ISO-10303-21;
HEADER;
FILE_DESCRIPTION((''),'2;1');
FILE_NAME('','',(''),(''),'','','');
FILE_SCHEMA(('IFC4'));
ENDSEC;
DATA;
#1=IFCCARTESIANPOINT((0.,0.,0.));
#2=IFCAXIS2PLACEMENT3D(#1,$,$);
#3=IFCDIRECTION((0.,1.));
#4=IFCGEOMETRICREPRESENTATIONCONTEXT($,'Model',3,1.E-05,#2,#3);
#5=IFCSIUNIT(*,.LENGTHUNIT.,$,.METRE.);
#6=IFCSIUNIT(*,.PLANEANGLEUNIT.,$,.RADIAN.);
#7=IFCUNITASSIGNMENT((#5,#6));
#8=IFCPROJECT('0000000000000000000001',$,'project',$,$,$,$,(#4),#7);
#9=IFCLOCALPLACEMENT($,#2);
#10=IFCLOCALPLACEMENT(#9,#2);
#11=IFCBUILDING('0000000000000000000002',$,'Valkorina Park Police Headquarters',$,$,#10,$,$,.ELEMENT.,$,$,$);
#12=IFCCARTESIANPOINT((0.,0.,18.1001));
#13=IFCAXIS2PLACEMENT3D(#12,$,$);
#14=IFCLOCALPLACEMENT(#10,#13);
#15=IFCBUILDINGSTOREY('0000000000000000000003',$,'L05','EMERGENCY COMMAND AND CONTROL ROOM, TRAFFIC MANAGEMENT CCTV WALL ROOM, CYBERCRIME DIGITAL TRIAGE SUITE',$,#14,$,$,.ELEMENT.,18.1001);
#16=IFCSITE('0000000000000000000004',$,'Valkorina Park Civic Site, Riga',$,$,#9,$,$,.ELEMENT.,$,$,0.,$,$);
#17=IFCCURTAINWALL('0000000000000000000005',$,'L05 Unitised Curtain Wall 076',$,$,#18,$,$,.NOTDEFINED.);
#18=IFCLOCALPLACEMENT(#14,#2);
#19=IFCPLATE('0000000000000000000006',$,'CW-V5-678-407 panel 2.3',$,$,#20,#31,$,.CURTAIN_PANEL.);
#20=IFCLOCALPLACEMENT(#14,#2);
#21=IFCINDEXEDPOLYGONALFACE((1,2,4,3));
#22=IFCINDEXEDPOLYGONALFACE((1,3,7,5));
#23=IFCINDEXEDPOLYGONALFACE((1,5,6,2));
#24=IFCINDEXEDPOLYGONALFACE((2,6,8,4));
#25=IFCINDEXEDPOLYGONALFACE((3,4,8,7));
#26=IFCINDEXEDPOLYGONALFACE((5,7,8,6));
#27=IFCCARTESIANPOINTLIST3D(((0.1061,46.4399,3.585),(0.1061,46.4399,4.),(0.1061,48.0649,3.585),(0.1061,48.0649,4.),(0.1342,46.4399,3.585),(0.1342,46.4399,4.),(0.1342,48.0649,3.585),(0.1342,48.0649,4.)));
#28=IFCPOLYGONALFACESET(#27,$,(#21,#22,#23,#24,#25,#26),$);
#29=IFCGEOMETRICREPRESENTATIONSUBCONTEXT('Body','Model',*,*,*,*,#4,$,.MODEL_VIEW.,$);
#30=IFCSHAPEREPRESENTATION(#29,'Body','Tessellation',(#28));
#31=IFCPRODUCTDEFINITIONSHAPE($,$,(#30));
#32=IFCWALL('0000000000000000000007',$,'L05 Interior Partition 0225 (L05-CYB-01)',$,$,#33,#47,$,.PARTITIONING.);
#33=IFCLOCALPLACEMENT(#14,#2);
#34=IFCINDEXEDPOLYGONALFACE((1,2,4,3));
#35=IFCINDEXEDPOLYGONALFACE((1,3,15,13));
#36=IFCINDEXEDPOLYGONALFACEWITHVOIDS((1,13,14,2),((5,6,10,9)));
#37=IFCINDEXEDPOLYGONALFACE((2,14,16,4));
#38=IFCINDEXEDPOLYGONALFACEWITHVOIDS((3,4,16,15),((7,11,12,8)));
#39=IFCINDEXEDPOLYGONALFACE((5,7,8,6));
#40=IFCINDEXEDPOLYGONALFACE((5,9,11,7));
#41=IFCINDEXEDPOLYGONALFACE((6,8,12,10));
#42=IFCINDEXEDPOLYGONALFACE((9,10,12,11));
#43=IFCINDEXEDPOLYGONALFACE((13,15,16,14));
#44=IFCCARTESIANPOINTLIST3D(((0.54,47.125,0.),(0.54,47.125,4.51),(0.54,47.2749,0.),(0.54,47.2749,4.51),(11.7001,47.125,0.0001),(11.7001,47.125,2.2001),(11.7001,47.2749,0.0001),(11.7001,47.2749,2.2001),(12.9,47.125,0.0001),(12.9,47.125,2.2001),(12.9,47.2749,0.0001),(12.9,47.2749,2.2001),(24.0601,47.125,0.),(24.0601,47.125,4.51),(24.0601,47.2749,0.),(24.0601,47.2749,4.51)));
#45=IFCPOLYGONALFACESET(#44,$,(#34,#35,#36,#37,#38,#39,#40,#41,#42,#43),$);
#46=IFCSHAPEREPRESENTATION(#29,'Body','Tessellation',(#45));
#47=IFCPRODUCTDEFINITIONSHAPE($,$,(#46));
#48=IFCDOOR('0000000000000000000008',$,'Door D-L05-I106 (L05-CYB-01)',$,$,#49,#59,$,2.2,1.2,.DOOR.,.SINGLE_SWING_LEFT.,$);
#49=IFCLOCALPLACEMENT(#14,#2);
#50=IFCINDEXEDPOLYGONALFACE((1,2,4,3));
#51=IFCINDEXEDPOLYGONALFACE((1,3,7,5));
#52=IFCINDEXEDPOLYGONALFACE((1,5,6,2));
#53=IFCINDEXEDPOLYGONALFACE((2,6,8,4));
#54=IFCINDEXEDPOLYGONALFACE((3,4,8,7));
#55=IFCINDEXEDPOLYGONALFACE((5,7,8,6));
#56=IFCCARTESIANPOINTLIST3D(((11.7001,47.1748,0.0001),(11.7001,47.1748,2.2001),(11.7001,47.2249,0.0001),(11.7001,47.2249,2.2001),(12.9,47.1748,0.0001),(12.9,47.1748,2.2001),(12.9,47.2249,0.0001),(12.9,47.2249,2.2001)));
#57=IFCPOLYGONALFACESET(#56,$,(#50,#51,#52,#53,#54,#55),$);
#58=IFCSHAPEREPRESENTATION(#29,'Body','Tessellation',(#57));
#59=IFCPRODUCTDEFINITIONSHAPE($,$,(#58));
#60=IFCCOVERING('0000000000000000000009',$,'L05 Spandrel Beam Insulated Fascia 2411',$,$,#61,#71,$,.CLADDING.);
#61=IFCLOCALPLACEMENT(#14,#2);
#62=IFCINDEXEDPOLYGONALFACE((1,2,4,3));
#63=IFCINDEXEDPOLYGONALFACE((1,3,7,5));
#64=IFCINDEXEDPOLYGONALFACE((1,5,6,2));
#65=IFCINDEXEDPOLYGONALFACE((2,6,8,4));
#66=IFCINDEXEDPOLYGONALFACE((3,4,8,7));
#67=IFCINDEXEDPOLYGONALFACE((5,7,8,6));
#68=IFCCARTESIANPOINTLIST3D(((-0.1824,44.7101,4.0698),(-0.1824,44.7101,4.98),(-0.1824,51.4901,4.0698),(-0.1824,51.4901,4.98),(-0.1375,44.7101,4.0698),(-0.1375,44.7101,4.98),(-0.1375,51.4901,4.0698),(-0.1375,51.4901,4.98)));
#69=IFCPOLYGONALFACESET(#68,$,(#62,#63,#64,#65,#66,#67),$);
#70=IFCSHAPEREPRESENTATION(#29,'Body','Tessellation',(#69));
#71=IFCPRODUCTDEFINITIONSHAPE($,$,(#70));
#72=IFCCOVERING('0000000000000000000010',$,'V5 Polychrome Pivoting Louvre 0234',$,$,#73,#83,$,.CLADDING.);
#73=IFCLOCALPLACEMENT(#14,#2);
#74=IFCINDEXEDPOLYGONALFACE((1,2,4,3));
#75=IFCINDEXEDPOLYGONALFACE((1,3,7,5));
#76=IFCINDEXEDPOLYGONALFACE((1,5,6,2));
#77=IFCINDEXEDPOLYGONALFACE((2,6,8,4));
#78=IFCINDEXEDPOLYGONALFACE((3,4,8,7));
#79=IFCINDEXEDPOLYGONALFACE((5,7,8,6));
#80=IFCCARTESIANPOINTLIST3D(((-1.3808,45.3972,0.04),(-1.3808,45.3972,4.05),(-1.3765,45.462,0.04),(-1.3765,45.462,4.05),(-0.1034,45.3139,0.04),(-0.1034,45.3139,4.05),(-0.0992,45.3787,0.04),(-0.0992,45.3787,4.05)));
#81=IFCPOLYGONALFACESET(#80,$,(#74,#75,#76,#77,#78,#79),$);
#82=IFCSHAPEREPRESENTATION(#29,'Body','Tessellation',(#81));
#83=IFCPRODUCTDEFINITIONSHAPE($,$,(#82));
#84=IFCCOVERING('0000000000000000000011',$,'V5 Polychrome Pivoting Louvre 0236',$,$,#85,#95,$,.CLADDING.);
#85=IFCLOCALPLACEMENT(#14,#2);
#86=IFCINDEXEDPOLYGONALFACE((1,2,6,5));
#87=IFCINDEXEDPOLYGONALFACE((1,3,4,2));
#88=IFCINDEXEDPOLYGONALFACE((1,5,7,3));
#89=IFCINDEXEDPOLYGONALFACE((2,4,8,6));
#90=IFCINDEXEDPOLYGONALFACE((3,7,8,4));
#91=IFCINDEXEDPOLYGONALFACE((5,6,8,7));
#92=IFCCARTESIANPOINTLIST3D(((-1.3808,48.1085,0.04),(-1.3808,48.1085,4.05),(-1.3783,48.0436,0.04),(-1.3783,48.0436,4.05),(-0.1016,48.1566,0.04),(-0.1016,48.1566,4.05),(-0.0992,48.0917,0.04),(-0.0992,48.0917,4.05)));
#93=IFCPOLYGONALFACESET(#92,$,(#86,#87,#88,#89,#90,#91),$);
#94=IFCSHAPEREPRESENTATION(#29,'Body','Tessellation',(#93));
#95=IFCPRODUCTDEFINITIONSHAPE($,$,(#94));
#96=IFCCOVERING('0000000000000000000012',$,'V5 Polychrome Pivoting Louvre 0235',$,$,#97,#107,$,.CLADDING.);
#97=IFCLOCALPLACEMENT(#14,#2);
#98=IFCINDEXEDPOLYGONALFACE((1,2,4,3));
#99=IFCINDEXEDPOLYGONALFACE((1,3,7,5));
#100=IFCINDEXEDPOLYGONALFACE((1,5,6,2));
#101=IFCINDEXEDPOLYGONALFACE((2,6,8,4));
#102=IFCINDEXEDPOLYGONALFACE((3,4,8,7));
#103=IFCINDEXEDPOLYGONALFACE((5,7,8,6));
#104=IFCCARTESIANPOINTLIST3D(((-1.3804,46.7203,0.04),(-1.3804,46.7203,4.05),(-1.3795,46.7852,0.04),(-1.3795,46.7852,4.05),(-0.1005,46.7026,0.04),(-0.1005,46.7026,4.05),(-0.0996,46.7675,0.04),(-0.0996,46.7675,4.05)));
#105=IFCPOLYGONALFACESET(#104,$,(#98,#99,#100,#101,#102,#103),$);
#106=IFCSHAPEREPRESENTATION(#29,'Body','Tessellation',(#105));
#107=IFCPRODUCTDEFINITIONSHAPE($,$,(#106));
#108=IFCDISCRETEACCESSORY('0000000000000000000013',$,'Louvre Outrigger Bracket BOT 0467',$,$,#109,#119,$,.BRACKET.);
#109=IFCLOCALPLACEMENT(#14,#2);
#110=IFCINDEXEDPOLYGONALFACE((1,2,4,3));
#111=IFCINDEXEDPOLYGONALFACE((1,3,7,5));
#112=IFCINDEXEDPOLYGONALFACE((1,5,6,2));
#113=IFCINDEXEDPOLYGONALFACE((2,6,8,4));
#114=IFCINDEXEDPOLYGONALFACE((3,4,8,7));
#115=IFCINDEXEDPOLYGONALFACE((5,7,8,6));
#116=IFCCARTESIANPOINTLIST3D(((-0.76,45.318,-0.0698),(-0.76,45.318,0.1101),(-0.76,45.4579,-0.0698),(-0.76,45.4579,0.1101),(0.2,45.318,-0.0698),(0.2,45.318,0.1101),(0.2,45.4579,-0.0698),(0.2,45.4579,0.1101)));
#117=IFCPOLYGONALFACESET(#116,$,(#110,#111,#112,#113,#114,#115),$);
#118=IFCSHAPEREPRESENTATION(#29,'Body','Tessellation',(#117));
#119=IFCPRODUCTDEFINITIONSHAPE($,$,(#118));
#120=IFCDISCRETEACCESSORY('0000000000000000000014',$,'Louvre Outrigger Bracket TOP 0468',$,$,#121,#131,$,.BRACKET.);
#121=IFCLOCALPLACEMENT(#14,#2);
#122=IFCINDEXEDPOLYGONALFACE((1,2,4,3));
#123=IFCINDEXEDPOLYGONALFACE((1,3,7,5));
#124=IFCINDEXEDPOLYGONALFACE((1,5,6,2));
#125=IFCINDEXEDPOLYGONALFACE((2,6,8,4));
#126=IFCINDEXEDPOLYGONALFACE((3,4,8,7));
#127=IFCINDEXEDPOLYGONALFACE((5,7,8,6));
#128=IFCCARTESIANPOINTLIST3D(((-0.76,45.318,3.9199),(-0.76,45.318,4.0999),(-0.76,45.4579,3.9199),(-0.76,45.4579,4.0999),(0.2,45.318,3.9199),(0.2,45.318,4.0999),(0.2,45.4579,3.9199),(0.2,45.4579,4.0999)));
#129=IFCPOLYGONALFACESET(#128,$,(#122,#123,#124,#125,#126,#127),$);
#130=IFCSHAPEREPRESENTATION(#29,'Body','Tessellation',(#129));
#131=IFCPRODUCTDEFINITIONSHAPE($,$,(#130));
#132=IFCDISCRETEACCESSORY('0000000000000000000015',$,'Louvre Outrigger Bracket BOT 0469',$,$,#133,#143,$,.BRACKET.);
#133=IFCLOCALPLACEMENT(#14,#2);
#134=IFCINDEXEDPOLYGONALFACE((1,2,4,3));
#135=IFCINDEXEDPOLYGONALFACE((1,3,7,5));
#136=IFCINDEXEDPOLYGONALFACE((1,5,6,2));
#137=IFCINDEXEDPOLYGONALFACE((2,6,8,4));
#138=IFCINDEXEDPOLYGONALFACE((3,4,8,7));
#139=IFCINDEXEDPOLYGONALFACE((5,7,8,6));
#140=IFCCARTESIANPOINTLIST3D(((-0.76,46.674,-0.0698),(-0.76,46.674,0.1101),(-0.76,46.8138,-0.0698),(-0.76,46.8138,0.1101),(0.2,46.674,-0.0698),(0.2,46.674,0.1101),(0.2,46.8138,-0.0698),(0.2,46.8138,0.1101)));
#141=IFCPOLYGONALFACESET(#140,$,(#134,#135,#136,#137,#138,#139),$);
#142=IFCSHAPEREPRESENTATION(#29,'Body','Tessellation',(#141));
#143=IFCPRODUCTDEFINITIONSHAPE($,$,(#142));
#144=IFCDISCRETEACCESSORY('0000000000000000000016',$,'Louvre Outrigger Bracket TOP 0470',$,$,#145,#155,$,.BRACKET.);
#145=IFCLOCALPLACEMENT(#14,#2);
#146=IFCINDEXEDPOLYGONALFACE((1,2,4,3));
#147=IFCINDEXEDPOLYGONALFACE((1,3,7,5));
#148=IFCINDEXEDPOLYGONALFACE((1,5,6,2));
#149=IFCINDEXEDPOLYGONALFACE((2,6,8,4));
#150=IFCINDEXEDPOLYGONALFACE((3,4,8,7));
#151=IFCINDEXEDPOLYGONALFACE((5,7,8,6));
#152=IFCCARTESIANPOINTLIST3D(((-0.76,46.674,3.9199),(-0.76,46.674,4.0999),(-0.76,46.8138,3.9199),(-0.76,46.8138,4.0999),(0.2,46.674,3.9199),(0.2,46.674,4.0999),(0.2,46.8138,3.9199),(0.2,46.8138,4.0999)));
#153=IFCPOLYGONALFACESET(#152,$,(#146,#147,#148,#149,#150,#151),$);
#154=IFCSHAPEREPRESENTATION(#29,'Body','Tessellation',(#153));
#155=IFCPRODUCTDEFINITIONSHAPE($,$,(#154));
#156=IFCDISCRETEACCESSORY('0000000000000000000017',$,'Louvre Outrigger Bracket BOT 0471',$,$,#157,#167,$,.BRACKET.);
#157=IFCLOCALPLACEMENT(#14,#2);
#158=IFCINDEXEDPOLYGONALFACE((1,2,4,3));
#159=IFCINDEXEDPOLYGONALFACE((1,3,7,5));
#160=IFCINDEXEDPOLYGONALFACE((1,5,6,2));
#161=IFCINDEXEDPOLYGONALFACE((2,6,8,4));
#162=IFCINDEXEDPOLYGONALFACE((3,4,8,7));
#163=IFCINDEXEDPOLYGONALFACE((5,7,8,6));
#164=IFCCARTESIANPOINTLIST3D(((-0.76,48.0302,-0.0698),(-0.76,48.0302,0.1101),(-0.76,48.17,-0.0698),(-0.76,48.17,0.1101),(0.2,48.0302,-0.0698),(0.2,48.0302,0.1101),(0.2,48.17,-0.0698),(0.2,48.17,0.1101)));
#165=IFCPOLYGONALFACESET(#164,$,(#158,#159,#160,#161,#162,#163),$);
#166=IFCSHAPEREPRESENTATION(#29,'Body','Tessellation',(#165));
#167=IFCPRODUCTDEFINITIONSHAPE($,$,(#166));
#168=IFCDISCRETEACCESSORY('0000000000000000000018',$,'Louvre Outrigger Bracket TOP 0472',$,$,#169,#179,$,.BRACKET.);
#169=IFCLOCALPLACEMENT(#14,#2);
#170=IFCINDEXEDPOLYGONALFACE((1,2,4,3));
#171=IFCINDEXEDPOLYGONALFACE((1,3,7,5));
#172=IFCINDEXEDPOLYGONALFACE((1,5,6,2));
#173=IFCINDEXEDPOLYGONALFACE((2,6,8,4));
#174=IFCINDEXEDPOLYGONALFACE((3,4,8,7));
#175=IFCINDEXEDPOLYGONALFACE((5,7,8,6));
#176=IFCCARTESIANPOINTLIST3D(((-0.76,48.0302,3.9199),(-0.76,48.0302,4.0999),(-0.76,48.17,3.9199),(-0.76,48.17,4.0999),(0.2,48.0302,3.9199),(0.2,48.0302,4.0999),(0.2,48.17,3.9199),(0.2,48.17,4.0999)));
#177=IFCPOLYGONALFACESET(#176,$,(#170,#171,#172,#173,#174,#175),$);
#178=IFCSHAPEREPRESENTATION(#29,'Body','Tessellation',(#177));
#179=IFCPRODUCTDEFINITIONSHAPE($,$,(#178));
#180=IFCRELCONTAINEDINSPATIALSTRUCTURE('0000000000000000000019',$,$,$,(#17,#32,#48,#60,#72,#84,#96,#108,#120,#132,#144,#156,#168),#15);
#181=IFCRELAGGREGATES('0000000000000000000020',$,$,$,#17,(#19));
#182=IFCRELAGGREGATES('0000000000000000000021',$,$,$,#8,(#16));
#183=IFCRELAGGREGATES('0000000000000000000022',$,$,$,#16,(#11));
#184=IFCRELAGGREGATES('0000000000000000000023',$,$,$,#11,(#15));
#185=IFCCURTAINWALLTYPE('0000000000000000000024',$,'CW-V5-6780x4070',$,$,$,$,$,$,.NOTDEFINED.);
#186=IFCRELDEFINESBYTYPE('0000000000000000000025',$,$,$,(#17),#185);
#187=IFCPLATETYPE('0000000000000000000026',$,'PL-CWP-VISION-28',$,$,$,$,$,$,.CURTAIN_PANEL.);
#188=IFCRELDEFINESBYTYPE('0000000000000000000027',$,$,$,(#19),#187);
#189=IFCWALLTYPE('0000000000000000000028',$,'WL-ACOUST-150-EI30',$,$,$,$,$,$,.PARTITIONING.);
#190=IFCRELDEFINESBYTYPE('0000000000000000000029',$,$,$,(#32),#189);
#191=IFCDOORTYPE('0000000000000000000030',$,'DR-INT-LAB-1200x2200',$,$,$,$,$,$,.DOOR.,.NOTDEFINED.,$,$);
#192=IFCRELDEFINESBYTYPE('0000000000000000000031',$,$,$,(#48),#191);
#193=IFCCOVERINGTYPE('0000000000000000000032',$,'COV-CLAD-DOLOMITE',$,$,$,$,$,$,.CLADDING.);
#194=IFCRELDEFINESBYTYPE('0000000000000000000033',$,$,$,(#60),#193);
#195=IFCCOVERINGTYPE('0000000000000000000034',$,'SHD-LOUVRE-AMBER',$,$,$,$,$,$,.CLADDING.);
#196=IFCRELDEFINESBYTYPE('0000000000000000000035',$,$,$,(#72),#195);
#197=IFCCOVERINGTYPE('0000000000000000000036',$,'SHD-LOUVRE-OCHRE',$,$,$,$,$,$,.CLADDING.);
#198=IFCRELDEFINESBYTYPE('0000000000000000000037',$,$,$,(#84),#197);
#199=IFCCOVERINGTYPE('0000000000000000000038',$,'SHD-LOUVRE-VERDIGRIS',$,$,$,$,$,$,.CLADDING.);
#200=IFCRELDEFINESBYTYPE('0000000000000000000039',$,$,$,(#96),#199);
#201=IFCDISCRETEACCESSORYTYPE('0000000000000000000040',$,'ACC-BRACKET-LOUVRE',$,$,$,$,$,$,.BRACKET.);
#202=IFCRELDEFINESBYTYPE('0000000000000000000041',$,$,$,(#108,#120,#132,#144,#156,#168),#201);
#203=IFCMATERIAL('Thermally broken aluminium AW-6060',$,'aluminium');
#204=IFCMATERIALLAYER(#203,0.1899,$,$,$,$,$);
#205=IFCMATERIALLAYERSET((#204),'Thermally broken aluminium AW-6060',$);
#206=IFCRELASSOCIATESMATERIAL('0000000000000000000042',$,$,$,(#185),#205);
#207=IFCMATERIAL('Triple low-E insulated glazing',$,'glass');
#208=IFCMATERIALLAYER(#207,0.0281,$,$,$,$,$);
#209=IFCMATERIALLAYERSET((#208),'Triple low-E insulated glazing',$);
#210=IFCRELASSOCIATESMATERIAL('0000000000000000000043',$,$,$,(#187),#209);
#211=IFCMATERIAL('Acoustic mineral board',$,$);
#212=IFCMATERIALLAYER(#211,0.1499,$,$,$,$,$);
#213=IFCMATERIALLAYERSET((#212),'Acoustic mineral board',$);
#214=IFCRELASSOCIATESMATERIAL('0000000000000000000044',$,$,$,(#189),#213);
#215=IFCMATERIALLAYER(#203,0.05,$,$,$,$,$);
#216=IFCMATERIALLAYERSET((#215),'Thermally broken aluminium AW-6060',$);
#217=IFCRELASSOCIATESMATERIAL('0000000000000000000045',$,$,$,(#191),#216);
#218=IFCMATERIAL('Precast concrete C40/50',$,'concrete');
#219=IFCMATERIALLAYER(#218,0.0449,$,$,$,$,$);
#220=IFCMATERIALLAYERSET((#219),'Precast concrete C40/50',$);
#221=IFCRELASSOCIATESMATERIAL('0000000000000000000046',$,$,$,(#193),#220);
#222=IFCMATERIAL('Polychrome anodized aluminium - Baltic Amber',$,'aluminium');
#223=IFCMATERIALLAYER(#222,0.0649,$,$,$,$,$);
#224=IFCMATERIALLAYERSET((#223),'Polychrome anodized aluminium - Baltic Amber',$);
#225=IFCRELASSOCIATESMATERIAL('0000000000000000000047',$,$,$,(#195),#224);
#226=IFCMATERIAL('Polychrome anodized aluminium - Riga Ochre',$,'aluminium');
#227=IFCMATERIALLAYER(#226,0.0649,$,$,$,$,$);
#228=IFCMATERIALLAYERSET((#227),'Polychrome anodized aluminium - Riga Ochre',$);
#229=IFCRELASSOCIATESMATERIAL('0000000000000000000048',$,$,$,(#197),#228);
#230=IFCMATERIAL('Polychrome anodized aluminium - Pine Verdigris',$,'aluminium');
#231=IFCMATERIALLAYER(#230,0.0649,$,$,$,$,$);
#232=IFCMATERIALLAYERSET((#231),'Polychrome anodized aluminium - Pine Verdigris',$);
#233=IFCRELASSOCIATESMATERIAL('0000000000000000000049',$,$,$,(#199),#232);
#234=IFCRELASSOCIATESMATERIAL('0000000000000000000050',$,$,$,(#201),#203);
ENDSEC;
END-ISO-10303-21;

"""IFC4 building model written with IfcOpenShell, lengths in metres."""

from ifc_helpers import new_model, si_unit, direction, frame, frame_2d, origin, origin_2d, place, context, subcontext, project, spatial, rectangle, extrude, material, layer, layer_set, type_object, element, fill, aggregate, save


model = new_model("IFC4")

# Units and contexts
model_context = context("Model", 3, precision=1e-05, world=origin(), true_north=direction((0.0, 1.0)))
body_context = subcontext(model_context, "Body", "Model", "MODEL_VIEW")
ifc_project = project(units=[si_unit("LENGTHUNIT", "METRE"), si_unit("PLANEANGLEUNIT", "RADIAN")], contexts=[model_context])

# Site, building, storey
site_placement = place(None, origin())
site = spatial("IfcSite", under=ifc_project, at=site_placement, Name="Valkorina Park Civic Site, Riga", CompositionType="ELEMENT", RefElevation=0.0)
building_placement = place(site_placement, origin())
building = spatial("IfcBuilding", under=site, at=building_placement, Name="Valkorina Park Police Headquarters", CompositionType="ELEMENT")
storey_placement = place(building_placement, frame((0.0, 0.0, 18.1001)))
storey = spatial("IfcBuildingStorey", under=building, at=storey_placement, Name="L05", Description="EMERGENCY COMMAND AND CONTROL ROOM, TRAFFIC MANAGEMENT CCTV WALL ROOM, CYBERCRIME DIGITAL TRIAGE SUITE", CompositionType="ELEMENT", Elevation=18.1001)

# Curtain wall, plate
ifc_material_1 = material(Name="Thermally broken aluminium AW-6060", Category="aluminium")
ifc_layer_1 = layer(ifc_material_1, 0.1899)
ifc_layer_set_1 = layer_set([ifc_layer_1], Name="Thermally broken aluminium AW-6060")
curtain_wall_type = type_object("IfcCurtainWallType", Name="CW-V5-6780x4070", PredefinedType="NOTDEFINED", material=ifc_layer_set_1)
curtain_wall_placement = place(storey_placement, origin())
curtain_wall = element("IfcCurtainWall", 1, at=curtain_wall_placement, inside=storey, type_object=curtain_wall_type, Name="L05 Unitised Curtain Wall 076", PredefinedType="NOTDEFINED")
ifc_material_2 = material(Name="Triple low-E insulated glazing", Category="glass")
ifc_layer_2 = layer(ifc_material_2, 0.0281)
ifc_layer_set_2 = layer_set([ifc_layer_2], Name="Triple low-E insulated glazing")
plate_type_1 = type_object("IfcPlateType", Name="PL-CWP-VISION-28", PredefinedType="CURTAIN_PANEL", material=ifc_layer_set_2)
plate_1_placement = place(storey_placement, frame((0.1201, 47.2524, 3.585), z_axis=(0.0, 0.0, 1.0), x_axis=(0.0, 1.0, 0.0)))
plate_1 = element("IfcPlate", 2, at=plate_1_placement, type_object=plate_type_1, Name="CW-V5-678-407 panel 2.3", PredefinedType="CURTAIN_PANEL", context=body_context, shape_type="SweptSolid", body=[
    extrude(rectangle(XDim=1.625, YDim=0.0281, at=origin_2d()), origin(), (0.0, 0.0, 1.0), 0.415),
])
aggregate(curtain_wall, [plate_1])

# Wall, opening, door
ifc_material_3 = material(Name="Acoustic mineral board")
ifc_layer_3 = layer(ifc_material_3, 0.1499)
ifc_layer_set_3 = layer_set([ifc_layer_3], Name="Acoustic mineral board")
wall_type = type_object("IfcWallType", Name="WL-ACOUST-150-EI30", PredefinedType="PARTITIONING", material=ifc_layer_set_3)
wall_placement = place(storey_placement, frame((0.54, 47.2, 0.0), z_axis=(0.0, 0.0, 1.0), x_axis=(1.0, 0.0, 0.0)))
wall = element("IfcWall", 3, at=wall_placement, inside=storey, type_object=wall_type, Name="L05 Interior Partition 0225 (L05-CYB-01)", PredefinedType="PARTITIONING", context=body_context, shape_type="SweptSolid", body=[
    extrude(rectangle(XDim=23.52, YDim=0.1499, at=frame_2d((11.76, 0.0))), origin(), (0.0, 0.0, 1.0), 4.51),
])
opening_placement = place(wall_placement, frame((11.1599, 0.0, 0.0)))
opening = element("IfcOpeningElement", 4, at=opening_placement, cuts=wall, PredefinedType="OPENING", context=body_context, shape_type="SweptSolid", body=[
    extrude(rectangle(XDim=1.2, YDim=2.2, at=frame_2d((0.6001, 1.1001))), frame((0.0, 0.085, 0.0), z_axis=(0.0, -1.0, 0.0), x_axis=(1.0, 0.0, 0.0)), (0.0, 0.0, 1.0), 0.1699),
])
ifc_layer_4 = layer(ifc_material_1, 0.05)
ifc_layer_set_4 = layer_set([ifc_layer_4], Name="Thermally broken aluminium AW-6060")
door_type = type_object("IfcDoorType", Name="DR-INT-LAB-1200x2200", OperationType="NOTDEFINED", PredefinedType="DOOR", material=ifc_layer_set_4)
door_placement = place(opening_placement, origin())
door = element("IfcDoor", 5, at=door_placement, inside=storey, type_object=door_type, Name="Door D-L05-I106 (L05-CYB-01)", OperationType="SINGLE_SWING_LEFT", OverallHeight=2.2, OverallWidth=1.2, PredefinedType="DOOR", context=body_context, shape_type="SweptSolid", body=[
    extrude(rectangle(XDim=1.2, YDim=2.2, at=frame_2d((0.6001, 1.1001))), frame((0.0, 0.0249, 0.0), z_axis=(0.0, -1.0, 0.0), x_axis=(1.0, 0.0, 0.0)), (0.0, 0.0, 1.0), 0.05),
])
fill(opening, door)

# Coverings
ifc_material_4 = material(Name="Precast concrete C40/50", Category="concrete")
ifc_layer_5 = layer(ifc_material_4, 0.0449)
ifc_layer_set_5 = layer_set([ifc_layer_5], Name="Precast concrete C40/50")
covering_type_1 = type_object("IfcCoveringType", Name="COV-CLAD-DOLOMITE", PredefinedType="CLADDING", material=ifc_layer_set_5)
covering_1_placement = place(storey_placement, frame((-0.1599, 44.71, 4.0698), z_axis=(0.0, 0.0, 1.0), x_axis=(0.0, 1.0, 0.0)))
element("IfcCovering", 6, at=covering_1_placement, inside=storey, type_object=covering_type_1, Name="L05 Spandrel Beam Insulated Fascia 2411", PredefinedType="CLADDING", context=body_context, shape_type="SweptSolid", body=[
    extrude(rectangle(XDim=6.78, YDim=0.0449, at=frame_2d((3.3901, 0.0))), origin(), (0.0, 0.0, 1.0), 0.9102),
])
ifc_material_5 = material(Name="Polychrome anodized aluminium - Baltic Amber", Category="aluminium")
ifc_layer_6 = layer(ifc_material_5, 0.0649)
ifc_layer_set_6 = layer_set([ifc_layer_6], Name="Polychrome anodized aluminium - Baltic Amber")
covering_type_2 = type_object("IfcCoveringType", Name="SHD-LOUVRE-AMBER", PredefinedType="CLADDING", material=ifc_layer_set_6)
covering_2_placement = place(storey_placement, frame((-0.74, 45.3879, 0.04), z_axis=(0.0, 0.0, 1.0), x_axis=(-0.997882, 0.065055, 0.0)))
element("IfcCovering", 7, at=covering_2_placement, inside=storey, type_object=covering_type_2, Name="V5 Polychrome Pivoting Louvre 0234", PredefinedType="CLADDING", context=body_context, shape_type="SweptSolid", body=[
    extrude(rectangle(XDim=1.28, YDim=0.0649, at=origin_2d()), origin(), (0.0, 0.0, 1.0), 4.01),
])
ifc_material_6 = material(Name="Polychrome anodized aluminium - Riga Ochre", Category="aluminium")
ifc_layer_7 = layer(ifc_material_6, 0.0649)
ifc_layer_set_7 = layer_set([ifc_layer_7], Name="Polychrome anodized aluminium - Riga Ochre")
covering_type_3 = type_object("IfcCoveringType", Name="SHD-LOUVRE-OCHRE", PredefinedType="CLADDING", material=ifc_layer_set_7)
covering_3_placement = place(storey_placement, frame((-0.74, 48.1001, 0.04), z_axis=(0.0, 0.0, 1.0), x_axis=(-0.999296, -0.037516, 0.0)))
element("IfcCovering", 8, at=covering_3_placement, inside=storey, type_object=covering_type_3, Name="V5 Polychrome Pivoting Louvre 0236", PredefinedType="CLADDING", context=body_context, shape_type="SweptSolid", body=[
    extrude(rectangle(XDim=1.28, YDim=0.0649, at=origin_2d()), origin(), (0.0, 0.0, 1.0), 4.01),
])
ifc_material_7 = material(Name="Polychrome anodized aluminium - Pine Verdigris", Category="aluminium")
ifc_layer_8 = layer(ifc_material_7, 0.0649)
ifc_layer_set_8 = layer_set([ifc_layer_8], Name="Polychrome anodized aluminium - Pine Verdigris")
covering_type_4 = type_object("IfcCoveringType", Name="SHD-LOUVRE-VERDIGRIS", PredefinedType="CLADDING", material=ifc_layer_set_8)
covering_4_placement = place(storey_placement, frame((-0.74, 46.7439, 0.04), z_axis=(0.0, 0.0, 1.0), x_axis=(-0.999905, 0.013788, 0.0)))
element("IfcCovering", 9, at=covering_4_placement, inside=storey, type_object=covering_type_4, Name="V5 Polychrome Pivoting Louvre 0235", PredefinedType="CLADDING", context=body_context, shape_type="SweptSolid", body=[
    extrude(rectangle(XDim=1.28, YDim=0.0649, at=origin_2d()), origin(), (0.0, 0.0, 1.0), 4.01),
])

# Discrete accessories
discrete_accessory_type = type_object("IfcDiscreteAccessoryType", Name="ACC-BRACKET-LOUVRE", PredefinedType="BRACKET", material=ifc_material_1)
for number, where, z_axis, x_axis, name in (
    (10, (-0.28, 45.3879, -0.0698), (0.0, 0.0, 1.0), (-1.0, 0.0, 0.0), "Louvre Outrigger Bracket BOT 0467"),
    (11, (-0.28, 45.3879, 3.9199), (0.0, 0.0, 1.0), (-1.0, 0.0, 0.0), "Louvre Outrigger Bracket TOP 0468"),
    (12, (-0.28, 46.7439, -0.0698), (0.0, 0.0, 1.0), (-1.0, 0.0, 0.0), "Louvre Outrigger Bracket BOT 0469"),
    (13, (-0.28, 46.7439, 3.9199), (0.0, 0.0, 1.0), (-1.0, 0.0, 0.0), "Louvre Outrigger Bracket TOP 0470"),
    (14, (-0.28, 48.1001, -0.0698), (0.0, 0.0, 1.0), (-1.0, 0.0, 0.0), "Louvre Outrigger Bracket BOT 0471"),
    (15, (-0.28, 48.1001, 3.9199), (0.0, 0.0, 1.0), (-1.0, 0.0, 0.0), "Louvre Outrigger Bracket TOP 0472"),
):
    element("IfcDiscreteAccessory", number, at=place(storey_placement, frame(where, z_axis=z_axis, x_axis=x_axis)), inside=storey, type_object=discrete_accessory_type, Name=name, PredefinedType="BRACKET", context=body_context, shape_type="SweptSolid", body=[
        extrude(rectangle(XDim=0.96, YDim=0.1399, at=origin_2d()), origin(), (0.0, 0.0, 1.0), 0.1799),
    ])

save(model, "model.ifc")
